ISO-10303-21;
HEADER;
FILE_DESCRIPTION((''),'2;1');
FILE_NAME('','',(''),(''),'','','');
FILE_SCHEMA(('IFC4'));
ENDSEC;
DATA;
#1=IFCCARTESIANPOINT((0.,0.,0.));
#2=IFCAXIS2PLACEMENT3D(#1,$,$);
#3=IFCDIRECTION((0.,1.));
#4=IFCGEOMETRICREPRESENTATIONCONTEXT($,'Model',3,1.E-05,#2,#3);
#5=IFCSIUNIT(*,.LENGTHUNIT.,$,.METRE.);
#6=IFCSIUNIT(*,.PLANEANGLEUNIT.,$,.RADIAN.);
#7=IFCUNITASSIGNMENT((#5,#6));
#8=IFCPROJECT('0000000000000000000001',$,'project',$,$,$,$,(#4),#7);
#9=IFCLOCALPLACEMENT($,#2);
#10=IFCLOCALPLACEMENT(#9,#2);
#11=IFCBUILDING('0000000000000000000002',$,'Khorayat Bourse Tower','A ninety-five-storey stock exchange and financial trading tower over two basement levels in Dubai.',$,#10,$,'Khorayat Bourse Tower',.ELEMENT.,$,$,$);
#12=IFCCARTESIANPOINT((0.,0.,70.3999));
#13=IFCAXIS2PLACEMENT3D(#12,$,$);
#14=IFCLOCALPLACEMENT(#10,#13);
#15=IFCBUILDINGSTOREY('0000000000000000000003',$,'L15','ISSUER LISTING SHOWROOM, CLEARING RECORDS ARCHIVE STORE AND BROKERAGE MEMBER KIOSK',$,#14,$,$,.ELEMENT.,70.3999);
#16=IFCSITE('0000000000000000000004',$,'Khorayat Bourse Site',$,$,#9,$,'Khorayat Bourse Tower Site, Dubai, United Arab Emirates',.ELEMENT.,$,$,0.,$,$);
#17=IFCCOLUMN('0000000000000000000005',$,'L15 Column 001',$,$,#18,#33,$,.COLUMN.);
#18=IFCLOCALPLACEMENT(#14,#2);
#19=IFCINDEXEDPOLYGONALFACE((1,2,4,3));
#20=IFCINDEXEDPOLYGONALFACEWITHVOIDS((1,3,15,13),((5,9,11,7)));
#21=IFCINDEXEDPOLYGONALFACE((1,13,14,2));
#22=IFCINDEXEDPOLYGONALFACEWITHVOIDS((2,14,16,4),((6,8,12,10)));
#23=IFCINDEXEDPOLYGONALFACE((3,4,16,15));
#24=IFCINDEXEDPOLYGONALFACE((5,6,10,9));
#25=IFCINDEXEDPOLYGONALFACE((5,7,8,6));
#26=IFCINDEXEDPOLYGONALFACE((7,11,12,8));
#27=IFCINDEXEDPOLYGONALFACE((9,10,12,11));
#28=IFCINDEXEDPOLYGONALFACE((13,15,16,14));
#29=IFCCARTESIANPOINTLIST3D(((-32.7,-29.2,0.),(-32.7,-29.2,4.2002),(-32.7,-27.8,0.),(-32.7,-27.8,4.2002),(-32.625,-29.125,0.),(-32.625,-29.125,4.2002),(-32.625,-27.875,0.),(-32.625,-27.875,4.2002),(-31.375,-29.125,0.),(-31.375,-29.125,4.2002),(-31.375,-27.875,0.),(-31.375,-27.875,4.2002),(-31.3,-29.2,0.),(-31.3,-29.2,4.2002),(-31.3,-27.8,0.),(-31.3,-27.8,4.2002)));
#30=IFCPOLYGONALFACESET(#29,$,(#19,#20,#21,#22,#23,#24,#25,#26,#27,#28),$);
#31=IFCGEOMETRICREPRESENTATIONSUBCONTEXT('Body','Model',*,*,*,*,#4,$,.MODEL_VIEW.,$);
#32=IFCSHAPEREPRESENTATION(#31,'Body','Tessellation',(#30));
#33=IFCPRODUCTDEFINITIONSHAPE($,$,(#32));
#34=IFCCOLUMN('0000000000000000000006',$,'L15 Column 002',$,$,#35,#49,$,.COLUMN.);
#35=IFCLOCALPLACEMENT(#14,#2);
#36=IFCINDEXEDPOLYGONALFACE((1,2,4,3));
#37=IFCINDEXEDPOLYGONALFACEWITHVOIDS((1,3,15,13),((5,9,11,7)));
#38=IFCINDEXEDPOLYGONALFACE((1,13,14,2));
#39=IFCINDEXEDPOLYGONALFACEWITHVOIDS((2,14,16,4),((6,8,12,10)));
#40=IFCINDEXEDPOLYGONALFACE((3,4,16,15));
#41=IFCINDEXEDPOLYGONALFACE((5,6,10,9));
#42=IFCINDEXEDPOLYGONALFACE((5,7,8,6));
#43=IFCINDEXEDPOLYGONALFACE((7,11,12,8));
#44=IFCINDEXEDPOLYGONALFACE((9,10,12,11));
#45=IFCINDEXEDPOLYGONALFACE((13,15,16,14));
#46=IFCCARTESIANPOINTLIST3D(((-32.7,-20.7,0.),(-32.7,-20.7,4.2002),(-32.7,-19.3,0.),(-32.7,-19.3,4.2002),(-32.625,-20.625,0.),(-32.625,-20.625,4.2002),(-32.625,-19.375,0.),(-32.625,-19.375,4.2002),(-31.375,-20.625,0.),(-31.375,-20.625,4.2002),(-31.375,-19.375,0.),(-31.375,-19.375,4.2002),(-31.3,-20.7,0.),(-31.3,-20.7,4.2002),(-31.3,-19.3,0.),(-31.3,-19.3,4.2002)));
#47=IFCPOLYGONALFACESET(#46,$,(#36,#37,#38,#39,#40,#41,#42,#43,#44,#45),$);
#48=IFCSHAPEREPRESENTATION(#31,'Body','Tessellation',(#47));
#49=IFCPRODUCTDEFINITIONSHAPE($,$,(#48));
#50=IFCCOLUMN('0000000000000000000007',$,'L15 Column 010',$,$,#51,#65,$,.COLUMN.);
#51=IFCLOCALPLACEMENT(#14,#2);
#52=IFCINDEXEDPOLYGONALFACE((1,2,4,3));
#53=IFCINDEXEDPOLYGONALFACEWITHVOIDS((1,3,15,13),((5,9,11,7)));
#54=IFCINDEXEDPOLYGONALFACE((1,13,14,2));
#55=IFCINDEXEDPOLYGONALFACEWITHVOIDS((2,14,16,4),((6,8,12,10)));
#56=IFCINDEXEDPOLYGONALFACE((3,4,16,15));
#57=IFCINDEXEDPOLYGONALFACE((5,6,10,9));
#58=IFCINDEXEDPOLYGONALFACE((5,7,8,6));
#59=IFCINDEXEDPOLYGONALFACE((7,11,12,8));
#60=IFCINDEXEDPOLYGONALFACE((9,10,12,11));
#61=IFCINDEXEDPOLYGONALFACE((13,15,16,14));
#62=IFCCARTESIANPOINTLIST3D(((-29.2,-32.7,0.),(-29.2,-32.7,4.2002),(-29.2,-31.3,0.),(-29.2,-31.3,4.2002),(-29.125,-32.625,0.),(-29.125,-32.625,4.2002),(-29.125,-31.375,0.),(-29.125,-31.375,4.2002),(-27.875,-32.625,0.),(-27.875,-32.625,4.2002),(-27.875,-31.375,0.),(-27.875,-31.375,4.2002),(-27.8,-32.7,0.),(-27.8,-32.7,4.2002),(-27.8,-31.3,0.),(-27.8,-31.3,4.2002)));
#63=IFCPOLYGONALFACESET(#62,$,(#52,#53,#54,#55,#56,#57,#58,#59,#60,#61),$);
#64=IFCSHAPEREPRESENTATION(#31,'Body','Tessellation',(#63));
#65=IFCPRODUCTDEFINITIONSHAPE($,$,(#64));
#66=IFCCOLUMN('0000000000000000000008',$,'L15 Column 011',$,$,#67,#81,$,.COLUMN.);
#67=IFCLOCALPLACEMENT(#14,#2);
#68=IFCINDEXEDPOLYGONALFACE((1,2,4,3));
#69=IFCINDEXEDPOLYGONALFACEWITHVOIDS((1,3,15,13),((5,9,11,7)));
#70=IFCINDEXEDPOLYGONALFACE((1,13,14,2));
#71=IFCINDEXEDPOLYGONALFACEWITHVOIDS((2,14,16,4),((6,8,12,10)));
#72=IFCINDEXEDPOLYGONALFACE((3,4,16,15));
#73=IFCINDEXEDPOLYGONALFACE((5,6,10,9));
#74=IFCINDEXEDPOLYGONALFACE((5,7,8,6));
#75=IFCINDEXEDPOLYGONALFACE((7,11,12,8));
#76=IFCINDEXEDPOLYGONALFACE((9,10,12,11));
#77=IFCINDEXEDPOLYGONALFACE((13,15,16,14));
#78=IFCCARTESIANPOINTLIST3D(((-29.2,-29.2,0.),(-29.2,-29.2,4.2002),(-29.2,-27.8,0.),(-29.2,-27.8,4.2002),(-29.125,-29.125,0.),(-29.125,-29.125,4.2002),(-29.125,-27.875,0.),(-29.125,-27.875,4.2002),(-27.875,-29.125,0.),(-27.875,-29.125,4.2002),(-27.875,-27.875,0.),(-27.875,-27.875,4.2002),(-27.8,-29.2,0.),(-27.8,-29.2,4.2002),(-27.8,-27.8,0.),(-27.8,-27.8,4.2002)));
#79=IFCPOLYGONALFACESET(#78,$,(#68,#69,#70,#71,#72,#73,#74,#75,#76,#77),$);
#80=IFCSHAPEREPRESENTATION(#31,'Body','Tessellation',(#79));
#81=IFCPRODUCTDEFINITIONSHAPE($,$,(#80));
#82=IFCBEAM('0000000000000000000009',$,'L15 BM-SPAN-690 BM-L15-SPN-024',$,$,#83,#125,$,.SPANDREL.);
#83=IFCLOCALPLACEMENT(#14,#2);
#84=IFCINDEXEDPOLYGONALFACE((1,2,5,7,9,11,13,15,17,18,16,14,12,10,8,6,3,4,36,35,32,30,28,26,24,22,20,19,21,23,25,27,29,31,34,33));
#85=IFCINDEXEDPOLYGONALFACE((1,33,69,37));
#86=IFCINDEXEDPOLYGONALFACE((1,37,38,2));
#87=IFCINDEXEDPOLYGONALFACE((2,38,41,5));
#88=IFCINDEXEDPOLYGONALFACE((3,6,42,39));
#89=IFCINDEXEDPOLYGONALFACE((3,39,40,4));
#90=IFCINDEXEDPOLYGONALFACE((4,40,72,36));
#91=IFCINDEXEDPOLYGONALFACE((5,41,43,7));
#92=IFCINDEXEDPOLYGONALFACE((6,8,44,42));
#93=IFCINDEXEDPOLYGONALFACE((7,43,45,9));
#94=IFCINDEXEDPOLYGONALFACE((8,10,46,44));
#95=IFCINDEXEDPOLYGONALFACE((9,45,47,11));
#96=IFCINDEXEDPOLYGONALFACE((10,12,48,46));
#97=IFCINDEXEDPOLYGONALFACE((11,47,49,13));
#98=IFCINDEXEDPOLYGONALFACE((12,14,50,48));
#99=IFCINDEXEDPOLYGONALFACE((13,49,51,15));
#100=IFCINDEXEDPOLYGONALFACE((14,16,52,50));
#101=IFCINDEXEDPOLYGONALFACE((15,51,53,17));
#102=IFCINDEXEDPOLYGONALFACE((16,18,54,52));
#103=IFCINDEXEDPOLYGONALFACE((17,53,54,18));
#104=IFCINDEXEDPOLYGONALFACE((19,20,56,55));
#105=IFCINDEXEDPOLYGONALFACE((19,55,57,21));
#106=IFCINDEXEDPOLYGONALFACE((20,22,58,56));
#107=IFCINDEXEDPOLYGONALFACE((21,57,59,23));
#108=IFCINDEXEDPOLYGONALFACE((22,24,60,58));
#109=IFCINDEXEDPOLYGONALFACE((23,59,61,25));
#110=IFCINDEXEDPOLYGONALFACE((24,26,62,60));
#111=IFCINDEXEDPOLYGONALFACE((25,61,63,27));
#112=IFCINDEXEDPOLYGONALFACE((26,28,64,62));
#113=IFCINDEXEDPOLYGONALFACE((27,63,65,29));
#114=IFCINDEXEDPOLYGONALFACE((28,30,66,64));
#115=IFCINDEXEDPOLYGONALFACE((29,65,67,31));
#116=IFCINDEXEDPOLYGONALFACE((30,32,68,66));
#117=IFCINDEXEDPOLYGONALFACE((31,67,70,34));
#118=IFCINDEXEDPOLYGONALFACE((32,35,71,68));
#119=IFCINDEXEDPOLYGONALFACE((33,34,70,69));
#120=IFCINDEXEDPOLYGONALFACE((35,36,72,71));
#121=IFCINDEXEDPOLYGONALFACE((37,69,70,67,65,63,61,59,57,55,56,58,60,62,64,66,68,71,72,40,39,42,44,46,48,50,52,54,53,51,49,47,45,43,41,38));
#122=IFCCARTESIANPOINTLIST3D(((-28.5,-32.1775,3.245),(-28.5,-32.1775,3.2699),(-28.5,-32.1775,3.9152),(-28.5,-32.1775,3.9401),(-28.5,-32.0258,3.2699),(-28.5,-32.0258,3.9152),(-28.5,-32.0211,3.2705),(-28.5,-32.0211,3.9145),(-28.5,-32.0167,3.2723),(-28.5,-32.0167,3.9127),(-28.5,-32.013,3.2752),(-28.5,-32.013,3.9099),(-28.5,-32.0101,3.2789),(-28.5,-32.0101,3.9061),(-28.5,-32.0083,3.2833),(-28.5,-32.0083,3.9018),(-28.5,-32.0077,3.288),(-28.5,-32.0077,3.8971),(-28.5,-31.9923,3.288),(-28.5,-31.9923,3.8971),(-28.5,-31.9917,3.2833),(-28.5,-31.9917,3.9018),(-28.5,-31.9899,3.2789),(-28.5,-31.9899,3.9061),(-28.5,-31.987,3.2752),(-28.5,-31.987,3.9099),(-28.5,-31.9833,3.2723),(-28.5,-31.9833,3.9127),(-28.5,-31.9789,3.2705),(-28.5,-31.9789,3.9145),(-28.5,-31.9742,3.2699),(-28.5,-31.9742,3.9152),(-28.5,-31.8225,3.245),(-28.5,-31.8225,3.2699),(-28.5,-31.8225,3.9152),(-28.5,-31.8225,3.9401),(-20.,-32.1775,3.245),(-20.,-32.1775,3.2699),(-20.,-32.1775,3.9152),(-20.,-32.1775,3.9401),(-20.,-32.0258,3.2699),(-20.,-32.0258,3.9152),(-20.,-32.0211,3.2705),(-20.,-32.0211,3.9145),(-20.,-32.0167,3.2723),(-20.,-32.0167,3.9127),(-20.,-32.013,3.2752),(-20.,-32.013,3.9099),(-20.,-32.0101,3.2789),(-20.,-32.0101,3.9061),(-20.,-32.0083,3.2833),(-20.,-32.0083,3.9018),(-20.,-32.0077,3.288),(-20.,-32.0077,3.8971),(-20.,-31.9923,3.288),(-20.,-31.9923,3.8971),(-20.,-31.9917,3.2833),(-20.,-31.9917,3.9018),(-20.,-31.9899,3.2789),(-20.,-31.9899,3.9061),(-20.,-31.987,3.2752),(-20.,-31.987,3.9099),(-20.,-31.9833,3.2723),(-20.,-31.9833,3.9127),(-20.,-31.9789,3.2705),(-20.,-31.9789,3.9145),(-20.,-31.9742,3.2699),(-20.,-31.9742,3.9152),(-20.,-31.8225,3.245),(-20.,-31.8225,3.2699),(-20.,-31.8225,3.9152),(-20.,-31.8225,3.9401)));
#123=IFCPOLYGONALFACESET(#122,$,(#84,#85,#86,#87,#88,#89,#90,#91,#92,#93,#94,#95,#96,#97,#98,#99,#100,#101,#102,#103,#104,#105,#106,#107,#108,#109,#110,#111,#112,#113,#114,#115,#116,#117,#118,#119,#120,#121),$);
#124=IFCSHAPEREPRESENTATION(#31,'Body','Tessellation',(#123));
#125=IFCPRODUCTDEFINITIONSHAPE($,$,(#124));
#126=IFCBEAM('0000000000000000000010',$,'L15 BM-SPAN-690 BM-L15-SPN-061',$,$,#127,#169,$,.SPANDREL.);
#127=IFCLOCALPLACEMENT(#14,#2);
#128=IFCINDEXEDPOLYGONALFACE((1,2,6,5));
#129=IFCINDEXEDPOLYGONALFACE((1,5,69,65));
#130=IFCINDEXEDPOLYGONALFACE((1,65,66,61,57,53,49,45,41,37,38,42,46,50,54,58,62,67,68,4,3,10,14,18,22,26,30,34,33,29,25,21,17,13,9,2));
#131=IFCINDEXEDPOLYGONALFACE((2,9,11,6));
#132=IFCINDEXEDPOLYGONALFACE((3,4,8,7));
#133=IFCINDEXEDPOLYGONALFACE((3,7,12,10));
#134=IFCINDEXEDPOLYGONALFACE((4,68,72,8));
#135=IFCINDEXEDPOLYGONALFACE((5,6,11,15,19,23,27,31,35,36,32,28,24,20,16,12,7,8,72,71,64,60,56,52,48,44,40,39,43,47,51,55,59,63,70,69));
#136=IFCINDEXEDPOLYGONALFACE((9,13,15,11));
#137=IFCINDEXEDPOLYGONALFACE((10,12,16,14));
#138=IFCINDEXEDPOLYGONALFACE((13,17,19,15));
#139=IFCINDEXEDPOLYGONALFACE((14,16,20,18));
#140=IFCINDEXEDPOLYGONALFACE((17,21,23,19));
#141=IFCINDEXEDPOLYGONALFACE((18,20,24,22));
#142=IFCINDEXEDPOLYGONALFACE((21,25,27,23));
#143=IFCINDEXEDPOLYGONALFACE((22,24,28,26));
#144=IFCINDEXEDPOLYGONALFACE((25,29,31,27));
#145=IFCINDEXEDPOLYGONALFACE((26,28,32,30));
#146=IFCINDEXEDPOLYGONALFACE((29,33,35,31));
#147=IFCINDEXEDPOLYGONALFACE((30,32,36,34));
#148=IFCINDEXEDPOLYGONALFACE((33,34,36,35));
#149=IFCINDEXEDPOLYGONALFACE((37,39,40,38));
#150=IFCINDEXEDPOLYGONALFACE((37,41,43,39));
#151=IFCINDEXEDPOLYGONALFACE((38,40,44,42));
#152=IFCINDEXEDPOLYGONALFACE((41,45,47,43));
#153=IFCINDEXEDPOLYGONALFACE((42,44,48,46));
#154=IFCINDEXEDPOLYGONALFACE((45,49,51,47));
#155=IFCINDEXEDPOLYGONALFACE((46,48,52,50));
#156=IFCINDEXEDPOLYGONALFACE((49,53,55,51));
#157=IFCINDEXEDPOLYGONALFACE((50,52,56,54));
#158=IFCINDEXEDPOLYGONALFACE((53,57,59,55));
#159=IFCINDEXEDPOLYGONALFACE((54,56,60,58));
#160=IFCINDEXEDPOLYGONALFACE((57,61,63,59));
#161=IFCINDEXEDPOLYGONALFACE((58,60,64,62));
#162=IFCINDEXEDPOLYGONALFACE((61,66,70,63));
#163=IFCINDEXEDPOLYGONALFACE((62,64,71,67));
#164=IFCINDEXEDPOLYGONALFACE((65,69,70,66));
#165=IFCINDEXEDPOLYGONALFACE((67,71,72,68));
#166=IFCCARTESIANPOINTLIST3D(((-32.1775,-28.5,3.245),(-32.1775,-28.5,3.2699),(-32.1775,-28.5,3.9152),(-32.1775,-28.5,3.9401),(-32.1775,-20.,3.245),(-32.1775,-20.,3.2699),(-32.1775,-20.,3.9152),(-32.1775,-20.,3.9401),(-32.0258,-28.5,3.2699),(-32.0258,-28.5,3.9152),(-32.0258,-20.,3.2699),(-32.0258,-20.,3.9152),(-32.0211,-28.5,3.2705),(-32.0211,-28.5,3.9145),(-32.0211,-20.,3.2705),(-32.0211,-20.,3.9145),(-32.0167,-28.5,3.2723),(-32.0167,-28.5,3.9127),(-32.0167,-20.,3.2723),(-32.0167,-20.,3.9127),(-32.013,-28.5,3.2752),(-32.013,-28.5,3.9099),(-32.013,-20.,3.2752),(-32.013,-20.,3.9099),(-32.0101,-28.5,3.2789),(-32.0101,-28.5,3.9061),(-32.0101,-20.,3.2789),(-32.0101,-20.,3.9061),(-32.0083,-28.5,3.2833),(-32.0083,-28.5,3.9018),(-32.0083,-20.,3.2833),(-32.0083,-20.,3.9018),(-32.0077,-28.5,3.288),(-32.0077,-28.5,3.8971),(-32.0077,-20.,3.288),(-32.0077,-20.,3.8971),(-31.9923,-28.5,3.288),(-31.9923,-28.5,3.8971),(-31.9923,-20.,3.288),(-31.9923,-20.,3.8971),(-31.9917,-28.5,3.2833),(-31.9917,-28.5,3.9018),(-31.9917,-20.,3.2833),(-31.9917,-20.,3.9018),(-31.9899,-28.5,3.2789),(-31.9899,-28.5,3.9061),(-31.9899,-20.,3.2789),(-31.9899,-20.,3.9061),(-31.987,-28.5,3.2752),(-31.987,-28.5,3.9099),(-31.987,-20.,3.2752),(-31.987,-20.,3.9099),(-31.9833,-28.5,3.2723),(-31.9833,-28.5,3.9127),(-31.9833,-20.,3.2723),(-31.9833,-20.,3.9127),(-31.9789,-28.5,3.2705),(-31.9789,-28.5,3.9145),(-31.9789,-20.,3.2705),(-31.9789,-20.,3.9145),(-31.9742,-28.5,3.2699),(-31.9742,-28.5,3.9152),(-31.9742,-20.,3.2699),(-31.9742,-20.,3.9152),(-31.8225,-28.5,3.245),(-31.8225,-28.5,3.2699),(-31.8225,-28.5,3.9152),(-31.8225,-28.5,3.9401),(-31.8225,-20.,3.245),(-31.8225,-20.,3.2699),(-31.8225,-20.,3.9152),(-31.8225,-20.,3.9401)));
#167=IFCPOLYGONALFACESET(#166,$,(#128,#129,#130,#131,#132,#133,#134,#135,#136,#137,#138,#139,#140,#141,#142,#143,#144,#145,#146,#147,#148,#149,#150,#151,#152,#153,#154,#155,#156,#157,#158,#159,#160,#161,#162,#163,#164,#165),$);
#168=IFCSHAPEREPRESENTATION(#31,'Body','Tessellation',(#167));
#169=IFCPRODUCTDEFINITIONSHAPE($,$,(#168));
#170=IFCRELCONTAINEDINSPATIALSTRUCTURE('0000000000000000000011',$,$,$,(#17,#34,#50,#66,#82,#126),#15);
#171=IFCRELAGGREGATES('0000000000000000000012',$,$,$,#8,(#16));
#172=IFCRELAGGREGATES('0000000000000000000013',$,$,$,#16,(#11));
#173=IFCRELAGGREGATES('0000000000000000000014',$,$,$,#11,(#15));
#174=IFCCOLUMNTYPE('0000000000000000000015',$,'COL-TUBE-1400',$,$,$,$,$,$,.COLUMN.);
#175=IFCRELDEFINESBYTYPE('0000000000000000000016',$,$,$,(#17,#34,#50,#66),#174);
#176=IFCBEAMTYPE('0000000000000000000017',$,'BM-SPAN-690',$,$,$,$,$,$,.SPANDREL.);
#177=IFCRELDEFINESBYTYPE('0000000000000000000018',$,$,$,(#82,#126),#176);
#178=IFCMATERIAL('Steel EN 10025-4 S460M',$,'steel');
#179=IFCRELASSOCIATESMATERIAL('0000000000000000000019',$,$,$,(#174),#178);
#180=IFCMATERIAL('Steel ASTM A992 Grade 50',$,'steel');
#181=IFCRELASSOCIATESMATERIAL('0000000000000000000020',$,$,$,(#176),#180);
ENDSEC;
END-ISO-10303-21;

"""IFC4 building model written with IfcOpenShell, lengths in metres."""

from ifc_helpers import new_model, si_unit, direction, frame, origin, origin_2d, place, context, subcontext, project, spatial, hollow_rectangle, i_section, extrude, source, transform, mapped, material, material_profile, profile_set, type_object, element, save


model = new_model("IFC4")

# Units and contexts
model_context = context("Model", 3, precision=1e-05, world=origin(), true_north=direction((0.0, 1.0)))
body_context = subcontext(model_context, "Body", "Model", "MODEL_VIEW")
ifc_project = project(units=[si_unit("LENGTHUNIT", "METRE"), si_unit("PLANEANGLEUNIT", "RADIAN")], contexts=[model_context])

# Site, building, storey
site_placement = place(None, origin())
site = spatial("IfcSite", under=ifc_project, at=site_placement, Name="Khorayat Bourse Site", LongName="Khorayat Bourse Tower Site, Dubai, United Arab Emirates", CompositionType="ELEMENT", RefElevation=0.0)
building_placement = place(site_placement, origin())
building = spatial("IfcBuilding", under=site, at=building_placement, Name="Khorayat Bourse Tower", Description="A ninety-five-storey stock exchange and financial trading tower over two basement levels in Dubai.", LongName="Khorayat Bourse Tower", CompositionType="ELEMENT")
storey_placement = place(building_placement, frame((0.0, 0.0, 70.3999)))
storey = spatial("IfcBuildingStorey", under=building, at=storey_placement, Name="L15", Description="ISSUER LISTING SHOWROOM, CLEARING RECORDS ARCHIVE STORE AND BROKERAGE MEMBER KIOSK", CompositionType="ELEMENT", Elevation=70.3999)

# Columns
ifc_material_1 = material(Name="Steel EN 10025-4 S460M", Category="steel")
ifc_material_profile_1 = material_profile(ifc_material_1, hollow_rectangle(XDim=1.3999, YDim=1.3999, WallThickness=0.075, at=origin_2d()), Name="BOX 1400x1400x75")
ifc_profile_set_1 = profile_set([ifc_material_profile_1], Name="Steel EN 10025-4 S460M")
column_type = type_object("IfcColumnType", Name="COL-TUBE-1400", PredefinedType="COLUMN", material=ifc_profile_set_1)
shared_shape_1 = source(origin(), body_context, "Body", "SweptSolid", [
    extrude(hollow_rectangle(XDim=1.3999, YDim=1.3999, WallThickness=0.075, at=origin_2d()), origin(), (0.0, 0.0, 1.0), 4.2002),
])
for number, where, z_axis, x_axis, name in (
    (1, (-32.0, -28.5, 0.0), (0.0, 0.0, 1.0), (1.0, 0.0, 0.0), "L15 Column 001"),
    (2, (-32.0, -20.0, 0.0), (0.0, 0.0, 1.0), (1.0, 0.0, 0.0), "L15 Column 002"),
    (3, (-28.5, -32.0, 0.0), (0.0, 0.0, 1.0), (1.0, 0.0, 0.0), "L15 Column 010"),
    (4, (-28.5, -28.5, 0.0), (0.0, 0.0, 1.0), (1.0, 0.0, 0.0), "L15 Column 011"),
):
    element("IfcColumn", number, at=place(storey_placement, frame(where, z_axis=z_axis, x_axis=x_axis)), inside=storey, type_object=column_type, Name=name, PredefinedType="COLUMN", context=body_context, shape_type="MappedRepresentation", body=[
        mapped(shared_shape_1, transform((0.0, 0.0, 0.0), scale=1.0)),
    ])

# Beams
ifc_material_2 = material(Name="Steel ASTM A992 Grade 50", Category="steel")
ifc_material_profile_2 = material_profile(ifc_material_2, i_section(OverallWidth=0.355, OverallDepth=0.6951, WebThickness=0.0154, FlangeThickness=0.0249, FilletRadius=0.0181, at=origin_2d()), Name="W690X217")
ifc_profile_set_2 = profile_set([ifc_material_profile_2], Name="Steel ASTM A992 Grade 50")
beam_type_1 = type_object("IfcBeamType", Name="BM-SPAN-690", PredefinedType="SPANDREL", material=ifc_profile_set_2)
shared_shape_2 = source(origin(), body_context, "Body", "SweptSolid", [
    extrude(i_section(OverallWidth=0.355, OverallDepth=0.6951, WebThickness=0.0154, FlangeThickness=0.0249, FilletRadius=0.0181, at=origin_2d()), origin(), (0.0, 0.0, 1.0), 8.5),
])
for number, where, z_axis, x_axis, name in (
    (5, (-28.5, -32.0, 3.5925), (1.0, 0.0, 0.0), (0.0, 1.0, 0.0), "L15 BM-SPAN-690 BM-L15-SPN-024"),
    (6, (-32.0, -28.5, 3.5925), (0.0, 1.0, 0.0), (-1.0, 0.0, 0.0), "L15 BM-SPAN-690 BM-L15-SPN-061"),
):
    element("IfcBeam", number, at=place(storey_placement, frame(where, z_axis=z_axis, x_axis=x_axis)), inside=storey, type_object=beam_type_1, Name=name, PredefinedType="SPANDREL", context=body_context, shape_type="MappedRepresentation", body=[
        mapped(shared_shape_2, transform((0.0, 0.0, 0.0), scale=1.0)),
    ])

save(model, "model.ifc")
